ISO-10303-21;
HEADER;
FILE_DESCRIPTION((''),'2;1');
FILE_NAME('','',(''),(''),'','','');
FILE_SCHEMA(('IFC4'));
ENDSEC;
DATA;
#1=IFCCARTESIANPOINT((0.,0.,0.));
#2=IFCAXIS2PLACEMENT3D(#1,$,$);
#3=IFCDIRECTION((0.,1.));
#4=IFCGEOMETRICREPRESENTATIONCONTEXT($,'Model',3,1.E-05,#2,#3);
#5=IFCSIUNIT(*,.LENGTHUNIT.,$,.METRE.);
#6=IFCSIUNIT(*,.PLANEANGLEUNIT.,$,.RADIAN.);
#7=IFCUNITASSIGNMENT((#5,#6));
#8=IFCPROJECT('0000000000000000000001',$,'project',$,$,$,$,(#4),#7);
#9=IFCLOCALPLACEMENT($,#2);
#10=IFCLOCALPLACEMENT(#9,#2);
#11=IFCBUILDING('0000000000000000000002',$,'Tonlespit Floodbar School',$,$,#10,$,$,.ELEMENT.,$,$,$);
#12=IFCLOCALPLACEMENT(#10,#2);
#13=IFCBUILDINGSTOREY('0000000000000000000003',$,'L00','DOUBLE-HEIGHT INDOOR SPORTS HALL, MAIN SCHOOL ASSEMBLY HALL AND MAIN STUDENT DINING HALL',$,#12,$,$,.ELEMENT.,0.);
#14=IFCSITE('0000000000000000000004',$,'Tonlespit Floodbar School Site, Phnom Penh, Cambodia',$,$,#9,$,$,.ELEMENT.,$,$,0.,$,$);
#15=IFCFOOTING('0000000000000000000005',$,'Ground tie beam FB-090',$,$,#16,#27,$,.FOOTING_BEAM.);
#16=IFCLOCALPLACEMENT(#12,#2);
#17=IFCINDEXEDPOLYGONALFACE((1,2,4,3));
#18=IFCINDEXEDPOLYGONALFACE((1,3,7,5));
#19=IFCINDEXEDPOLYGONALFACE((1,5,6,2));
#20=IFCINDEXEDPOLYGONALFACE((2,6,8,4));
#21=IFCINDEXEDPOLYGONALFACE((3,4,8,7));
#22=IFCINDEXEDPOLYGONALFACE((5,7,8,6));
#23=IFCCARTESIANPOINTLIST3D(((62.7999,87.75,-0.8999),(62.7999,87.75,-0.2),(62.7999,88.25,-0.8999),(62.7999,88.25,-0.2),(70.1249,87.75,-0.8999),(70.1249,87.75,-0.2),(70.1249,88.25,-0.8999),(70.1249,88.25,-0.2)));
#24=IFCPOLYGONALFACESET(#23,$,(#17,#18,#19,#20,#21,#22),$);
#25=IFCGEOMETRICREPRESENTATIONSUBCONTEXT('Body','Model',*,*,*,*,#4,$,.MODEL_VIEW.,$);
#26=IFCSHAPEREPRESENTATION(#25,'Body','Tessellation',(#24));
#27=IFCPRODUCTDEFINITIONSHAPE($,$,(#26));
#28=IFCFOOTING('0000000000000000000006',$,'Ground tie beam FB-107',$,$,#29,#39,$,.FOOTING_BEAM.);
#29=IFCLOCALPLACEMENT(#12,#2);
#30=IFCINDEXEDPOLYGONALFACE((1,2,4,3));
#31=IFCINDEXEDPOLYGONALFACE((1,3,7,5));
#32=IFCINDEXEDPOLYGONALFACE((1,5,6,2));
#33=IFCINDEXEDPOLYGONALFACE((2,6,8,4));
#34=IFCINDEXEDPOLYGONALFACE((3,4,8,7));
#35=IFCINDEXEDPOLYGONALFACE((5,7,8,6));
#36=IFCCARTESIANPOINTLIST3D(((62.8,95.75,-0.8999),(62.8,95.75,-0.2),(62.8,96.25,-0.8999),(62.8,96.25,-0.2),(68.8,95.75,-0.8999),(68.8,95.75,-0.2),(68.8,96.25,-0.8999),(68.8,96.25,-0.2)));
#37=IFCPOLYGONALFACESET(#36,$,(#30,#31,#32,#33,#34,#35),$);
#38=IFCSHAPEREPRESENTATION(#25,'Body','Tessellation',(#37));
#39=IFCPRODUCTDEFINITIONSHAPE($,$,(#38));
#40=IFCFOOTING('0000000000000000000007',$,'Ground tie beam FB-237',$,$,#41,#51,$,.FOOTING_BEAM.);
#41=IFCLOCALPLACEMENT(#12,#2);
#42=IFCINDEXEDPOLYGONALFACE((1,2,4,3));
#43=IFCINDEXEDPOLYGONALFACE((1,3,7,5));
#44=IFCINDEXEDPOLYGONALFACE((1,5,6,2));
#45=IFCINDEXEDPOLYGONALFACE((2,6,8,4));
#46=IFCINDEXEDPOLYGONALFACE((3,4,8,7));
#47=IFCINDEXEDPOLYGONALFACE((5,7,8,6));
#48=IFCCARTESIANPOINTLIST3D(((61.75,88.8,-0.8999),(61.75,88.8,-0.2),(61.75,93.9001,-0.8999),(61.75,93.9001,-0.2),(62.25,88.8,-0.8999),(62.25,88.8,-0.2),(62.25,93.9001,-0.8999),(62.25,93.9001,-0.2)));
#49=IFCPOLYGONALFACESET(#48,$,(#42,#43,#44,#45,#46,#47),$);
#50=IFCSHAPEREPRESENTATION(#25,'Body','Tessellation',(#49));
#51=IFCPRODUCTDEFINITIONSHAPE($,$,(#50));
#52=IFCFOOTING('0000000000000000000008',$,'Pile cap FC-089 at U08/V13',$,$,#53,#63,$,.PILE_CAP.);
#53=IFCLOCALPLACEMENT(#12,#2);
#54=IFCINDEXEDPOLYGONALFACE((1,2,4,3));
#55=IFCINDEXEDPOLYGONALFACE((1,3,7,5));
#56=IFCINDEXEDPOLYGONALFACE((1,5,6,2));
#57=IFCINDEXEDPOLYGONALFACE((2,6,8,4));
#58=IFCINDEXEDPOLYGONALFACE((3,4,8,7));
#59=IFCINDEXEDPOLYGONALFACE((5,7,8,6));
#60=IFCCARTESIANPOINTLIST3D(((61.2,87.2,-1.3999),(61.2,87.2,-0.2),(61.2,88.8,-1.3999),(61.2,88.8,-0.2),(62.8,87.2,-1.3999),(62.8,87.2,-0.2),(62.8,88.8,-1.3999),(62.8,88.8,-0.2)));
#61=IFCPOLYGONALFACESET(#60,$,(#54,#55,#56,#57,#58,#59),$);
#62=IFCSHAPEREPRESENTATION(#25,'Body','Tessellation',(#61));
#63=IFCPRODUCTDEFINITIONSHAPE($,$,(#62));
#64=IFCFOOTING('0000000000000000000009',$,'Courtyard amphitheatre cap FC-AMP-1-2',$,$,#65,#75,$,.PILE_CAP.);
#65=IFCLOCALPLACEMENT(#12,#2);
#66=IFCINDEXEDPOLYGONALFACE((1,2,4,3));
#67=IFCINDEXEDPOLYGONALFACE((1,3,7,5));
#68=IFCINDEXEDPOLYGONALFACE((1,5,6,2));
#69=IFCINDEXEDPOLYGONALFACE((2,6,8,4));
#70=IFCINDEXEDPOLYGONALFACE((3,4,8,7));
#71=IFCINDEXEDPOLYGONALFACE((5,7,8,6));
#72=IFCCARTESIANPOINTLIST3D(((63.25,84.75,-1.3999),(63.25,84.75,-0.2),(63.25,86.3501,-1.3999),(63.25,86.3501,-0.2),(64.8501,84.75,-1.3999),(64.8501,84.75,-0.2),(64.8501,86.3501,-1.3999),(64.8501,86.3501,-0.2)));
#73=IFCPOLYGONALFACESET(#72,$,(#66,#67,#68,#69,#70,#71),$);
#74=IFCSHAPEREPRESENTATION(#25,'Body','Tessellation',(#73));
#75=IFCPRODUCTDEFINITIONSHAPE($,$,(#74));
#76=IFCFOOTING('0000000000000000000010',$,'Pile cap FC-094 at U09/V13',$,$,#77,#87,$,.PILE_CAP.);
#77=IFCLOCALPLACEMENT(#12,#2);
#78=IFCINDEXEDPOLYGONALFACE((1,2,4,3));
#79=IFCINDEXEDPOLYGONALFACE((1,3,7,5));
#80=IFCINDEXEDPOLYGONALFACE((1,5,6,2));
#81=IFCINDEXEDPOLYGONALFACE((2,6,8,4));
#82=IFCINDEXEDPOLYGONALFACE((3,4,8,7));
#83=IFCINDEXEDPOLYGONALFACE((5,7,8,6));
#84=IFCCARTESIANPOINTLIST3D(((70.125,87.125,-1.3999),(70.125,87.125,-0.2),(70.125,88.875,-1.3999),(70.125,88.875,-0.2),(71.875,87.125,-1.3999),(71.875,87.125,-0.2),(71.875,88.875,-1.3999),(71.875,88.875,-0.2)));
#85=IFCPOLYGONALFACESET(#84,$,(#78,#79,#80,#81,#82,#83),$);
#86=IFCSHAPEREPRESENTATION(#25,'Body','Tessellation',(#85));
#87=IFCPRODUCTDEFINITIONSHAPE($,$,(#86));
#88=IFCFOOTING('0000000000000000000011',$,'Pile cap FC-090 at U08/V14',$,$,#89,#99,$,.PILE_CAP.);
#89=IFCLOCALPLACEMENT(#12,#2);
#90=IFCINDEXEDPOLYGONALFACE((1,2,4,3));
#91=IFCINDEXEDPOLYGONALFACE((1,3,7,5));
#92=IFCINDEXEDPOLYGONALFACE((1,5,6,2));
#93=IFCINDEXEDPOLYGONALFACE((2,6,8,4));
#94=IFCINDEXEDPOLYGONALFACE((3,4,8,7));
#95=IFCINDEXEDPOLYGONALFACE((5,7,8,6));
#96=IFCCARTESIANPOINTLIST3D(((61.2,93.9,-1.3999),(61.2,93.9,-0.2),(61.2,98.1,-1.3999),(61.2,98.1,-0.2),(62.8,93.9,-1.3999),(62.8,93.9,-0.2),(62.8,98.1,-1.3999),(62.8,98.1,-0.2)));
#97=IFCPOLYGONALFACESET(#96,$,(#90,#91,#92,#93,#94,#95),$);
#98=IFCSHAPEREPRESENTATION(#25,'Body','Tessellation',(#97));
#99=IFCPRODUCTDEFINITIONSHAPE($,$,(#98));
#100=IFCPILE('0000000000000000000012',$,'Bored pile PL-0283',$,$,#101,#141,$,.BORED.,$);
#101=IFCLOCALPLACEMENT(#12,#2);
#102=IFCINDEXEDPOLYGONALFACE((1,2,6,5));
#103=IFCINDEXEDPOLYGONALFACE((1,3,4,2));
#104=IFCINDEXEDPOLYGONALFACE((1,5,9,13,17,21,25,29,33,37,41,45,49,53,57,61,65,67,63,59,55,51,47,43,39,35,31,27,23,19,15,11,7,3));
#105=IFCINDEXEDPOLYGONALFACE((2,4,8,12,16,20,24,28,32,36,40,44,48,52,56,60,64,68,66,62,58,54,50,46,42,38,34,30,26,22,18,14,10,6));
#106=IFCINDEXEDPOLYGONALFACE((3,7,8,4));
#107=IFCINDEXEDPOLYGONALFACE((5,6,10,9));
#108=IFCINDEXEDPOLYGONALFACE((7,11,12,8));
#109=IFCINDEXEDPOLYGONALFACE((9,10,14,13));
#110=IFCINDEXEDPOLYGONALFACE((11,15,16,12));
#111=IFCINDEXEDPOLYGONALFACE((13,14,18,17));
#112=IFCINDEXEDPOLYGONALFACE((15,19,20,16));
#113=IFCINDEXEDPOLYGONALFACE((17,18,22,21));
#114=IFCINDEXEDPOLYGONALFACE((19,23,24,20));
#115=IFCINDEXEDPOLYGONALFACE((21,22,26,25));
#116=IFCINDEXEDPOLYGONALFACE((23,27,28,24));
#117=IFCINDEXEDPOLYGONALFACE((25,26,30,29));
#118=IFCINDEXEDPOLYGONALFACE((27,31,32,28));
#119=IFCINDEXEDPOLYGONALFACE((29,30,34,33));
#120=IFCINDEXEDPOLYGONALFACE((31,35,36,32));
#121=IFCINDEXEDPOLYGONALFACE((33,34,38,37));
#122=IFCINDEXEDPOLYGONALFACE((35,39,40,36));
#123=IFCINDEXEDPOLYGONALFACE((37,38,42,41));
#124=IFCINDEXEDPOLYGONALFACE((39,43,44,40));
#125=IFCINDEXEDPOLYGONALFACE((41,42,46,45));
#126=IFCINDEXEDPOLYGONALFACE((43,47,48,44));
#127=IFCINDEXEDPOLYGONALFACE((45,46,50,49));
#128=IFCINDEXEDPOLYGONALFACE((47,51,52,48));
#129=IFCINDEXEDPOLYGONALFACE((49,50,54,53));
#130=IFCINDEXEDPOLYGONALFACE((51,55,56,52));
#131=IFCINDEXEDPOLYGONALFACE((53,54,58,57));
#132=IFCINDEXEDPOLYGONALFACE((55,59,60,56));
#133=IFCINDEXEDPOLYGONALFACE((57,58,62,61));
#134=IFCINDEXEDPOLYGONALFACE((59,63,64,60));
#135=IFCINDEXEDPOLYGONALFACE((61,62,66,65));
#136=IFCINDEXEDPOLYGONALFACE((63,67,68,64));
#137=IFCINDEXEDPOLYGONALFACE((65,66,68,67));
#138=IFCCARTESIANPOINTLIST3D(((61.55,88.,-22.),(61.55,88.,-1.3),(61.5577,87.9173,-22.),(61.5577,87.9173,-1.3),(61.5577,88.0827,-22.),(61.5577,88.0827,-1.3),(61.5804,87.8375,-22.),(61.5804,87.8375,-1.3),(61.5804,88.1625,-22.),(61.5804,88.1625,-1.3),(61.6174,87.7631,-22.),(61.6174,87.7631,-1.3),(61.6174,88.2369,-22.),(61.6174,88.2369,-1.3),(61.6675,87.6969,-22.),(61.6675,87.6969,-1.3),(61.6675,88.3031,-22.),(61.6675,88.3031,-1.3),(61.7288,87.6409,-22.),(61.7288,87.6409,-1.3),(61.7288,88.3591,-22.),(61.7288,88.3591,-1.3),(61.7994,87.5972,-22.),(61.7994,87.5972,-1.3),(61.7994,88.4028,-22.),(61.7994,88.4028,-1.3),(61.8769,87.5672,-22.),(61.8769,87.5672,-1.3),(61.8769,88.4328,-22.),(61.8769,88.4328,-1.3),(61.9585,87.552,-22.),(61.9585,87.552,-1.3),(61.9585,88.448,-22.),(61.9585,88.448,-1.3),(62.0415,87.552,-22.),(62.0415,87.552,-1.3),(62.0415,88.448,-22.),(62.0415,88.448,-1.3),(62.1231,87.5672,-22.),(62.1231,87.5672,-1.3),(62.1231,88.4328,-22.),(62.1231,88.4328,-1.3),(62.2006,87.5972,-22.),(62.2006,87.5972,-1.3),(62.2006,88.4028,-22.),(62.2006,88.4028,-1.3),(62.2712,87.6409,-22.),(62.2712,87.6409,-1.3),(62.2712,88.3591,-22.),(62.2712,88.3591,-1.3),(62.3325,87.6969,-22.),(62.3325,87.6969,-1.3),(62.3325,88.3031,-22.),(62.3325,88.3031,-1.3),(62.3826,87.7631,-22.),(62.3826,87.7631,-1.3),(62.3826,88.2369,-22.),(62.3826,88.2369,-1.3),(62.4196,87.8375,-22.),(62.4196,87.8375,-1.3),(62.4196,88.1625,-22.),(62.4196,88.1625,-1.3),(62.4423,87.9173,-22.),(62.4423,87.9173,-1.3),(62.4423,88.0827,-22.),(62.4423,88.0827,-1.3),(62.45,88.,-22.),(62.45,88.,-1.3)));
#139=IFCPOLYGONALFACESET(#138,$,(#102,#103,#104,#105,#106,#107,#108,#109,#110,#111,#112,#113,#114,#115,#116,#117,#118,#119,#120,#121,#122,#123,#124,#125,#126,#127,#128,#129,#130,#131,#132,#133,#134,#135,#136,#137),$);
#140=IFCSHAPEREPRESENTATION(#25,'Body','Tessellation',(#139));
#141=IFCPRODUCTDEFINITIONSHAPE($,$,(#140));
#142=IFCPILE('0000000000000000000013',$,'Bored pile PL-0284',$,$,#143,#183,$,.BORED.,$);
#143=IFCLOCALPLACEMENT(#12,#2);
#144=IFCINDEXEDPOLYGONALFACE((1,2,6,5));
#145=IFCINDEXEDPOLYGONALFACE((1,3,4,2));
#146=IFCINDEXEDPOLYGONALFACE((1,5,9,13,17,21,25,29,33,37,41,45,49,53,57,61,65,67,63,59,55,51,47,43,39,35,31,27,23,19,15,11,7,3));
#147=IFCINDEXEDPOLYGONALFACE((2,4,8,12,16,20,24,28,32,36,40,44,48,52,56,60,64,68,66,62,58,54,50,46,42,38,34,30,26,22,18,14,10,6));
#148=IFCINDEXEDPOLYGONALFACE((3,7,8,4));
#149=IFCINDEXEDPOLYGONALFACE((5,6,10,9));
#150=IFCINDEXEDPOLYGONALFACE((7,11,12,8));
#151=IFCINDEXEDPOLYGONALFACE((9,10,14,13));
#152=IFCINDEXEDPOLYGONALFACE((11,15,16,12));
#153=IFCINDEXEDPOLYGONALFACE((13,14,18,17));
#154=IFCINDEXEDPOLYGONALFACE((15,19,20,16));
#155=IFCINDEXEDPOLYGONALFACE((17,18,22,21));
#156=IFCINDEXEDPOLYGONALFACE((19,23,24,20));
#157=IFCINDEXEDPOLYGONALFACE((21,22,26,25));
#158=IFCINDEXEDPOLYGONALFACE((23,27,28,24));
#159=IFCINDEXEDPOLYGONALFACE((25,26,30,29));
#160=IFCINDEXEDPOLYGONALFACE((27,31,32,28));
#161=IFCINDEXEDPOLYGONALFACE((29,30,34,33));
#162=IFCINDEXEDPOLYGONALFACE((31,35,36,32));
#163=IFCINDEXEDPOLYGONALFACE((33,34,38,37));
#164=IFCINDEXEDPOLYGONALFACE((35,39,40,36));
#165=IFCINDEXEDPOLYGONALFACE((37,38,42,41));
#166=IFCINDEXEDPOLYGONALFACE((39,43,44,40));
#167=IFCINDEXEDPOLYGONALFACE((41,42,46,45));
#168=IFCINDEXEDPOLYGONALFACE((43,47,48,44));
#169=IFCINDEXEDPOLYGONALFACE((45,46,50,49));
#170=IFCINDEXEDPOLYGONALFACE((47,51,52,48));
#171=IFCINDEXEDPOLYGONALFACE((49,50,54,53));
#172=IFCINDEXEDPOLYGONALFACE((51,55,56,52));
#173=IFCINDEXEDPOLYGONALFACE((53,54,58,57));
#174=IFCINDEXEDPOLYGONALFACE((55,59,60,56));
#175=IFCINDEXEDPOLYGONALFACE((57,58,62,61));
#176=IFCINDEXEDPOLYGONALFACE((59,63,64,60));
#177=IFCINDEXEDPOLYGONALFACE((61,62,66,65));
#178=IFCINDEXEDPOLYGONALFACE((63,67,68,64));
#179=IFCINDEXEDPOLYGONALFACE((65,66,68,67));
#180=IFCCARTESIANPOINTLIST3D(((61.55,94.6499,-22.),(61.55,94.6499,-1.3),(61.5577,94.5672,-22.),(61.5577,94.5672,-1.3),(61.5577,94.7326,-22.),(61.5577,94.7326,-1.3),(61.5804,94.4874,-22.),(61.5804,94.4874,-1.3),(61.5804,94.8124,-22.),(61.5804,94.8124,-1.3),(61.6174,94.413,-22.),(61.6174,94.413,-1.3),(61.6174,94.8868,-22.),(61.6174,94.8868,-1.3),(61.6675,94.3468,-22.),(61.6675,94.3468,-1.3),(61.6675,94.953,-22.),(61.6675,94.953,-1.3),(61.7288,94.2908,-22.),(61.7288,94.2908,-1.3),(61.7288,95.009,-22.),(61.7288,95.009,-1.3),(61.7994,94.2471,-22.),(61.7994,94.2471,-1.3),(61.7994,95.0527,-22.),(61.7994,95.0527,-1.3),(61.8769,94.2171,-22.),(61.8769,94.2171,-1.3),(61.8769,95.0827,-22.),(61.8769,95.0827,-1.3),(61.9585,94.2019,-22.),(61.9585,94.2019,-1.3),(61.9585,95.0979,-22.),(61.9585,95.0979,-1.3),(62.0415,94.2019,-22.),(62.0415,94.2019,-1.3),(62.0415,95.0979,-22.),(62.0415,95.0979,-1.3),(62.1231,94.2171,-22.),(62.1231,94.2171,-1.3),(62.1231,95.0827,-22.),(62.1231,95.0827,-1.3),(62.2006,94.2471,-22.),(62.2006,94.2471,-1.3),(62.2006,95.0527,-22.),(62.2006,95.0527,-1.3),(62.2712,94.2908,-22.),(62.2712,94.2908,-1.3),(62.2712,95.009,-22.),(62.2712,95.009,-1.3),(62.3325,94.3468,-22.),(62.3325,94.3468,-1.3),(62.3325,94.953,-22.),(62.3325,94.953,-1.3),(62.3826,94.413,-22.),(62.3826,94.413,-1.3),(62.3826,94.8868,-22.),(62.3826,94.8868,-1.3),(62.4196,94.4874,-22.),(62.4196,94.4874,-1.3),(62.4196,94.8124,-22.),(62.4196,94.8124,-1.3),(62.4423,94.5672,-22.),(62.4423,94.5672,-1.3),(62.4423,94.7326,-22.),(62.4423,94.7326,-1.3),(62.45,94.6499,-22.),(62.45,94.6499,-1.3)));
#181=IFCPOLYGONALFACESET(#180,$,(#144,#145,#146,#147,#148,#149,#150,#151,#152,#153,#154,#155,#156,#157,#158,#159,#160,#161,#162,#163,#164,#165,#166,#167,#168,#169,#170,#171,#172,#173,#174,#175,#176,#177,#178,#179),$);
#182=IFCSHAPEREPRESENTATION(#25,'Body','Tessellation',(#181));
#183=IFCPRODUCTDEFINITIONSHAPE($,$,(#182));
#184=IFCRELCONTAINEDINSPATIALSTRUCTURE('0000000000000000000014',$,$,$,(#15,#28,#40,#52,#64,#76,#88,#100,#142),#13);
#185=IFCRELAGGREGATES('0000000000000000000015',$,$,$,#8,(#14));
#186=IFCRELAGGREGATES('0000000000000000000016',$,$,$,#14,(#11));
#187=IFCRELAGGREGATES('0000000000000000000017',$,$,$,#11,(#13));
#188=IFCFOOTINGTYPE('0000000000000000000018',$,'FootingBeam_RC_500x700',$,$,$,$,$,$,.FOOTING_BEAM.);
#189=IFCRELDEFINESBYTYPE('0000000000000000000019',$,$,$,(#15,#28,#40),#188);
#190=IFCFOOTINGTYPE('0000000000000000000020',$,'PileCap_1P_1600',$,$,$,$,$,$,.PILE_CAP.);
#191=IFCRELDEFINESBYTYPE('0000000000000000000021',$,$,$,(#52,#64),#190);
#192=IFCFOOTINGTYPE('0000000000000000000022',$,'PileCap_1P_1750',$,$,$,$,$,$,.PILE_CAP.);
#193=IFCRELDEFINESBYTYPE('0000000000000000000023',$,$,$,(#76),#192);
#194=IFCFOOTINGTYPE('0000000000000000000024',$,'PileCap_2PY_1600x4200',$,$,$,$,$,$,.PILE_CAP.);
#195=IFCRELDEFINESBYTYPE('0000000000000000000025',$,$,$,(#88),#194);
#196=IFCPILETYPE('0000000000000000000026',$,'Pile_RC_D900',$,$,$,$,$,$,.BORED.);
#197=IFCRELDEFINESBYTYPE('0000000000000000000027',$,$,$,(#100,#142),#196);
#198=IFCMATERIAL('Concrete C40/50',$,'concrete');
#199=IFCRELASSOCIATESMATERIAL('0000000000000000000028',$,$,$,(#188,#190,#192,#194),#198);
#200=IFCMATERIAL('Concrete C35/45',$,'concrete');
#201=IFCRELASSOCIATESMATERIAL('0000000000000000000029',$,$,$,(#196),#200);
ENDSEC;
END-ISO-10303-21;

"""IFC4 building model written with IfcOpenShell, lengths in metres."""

from ifc_helpers import new_model, si_unit, direction, frame, origin, origin_2d, place, context, subcontext, project, spatial, rectangle, circle, extrude, material, material_profile, profile_set, type_object, element, save


model = new_model("IFC4")

# Units and contexts
model_context = context("Model", 3, precision=1e-05, world=origin(), true_north=direction((0.0, 1.0)))
body_context = subcontext(model_context, "Body", "Model", "MODEL_VIEW")
ifc_project = project(units=[si_unit("LENGTHUNIT", "METRE"), si_unit("PLANEANGLEUNIT", "RADIAN")], contexts=[model_context])

# Site, building, storey
site_placement = place(None, origin())
site = spatial("IfcSite", under=ifc_project, at=site_placement, Name="Tonlespit Floodbar School Site, Phnom Penh, Cambodia", CompositionType="ELEMENT", RefElevation=0.0)
building_placement = place(site_placement, origin())
building = spatial("IfcBuilding", under=site, at=building_placement, Name="Tonlespit Floodbar School", CompositionType="ELEMENT")
storey_placement = place(building_placement, origin())
storey = spatial("IfcBuildingStorey", under=building, at=storey_placement, Name="L00", Description="DOUBLE-HEIGHT INDOOR SPORTS HALL, MAIN SCHOOL ASSEMBLY HALL AND MAIN STUDENT DINING HALL", CompositionType="ELEMENT", Elevation=0.0)

# Footings
ifc_material_1 = material(Name="Concrete C40/50", Category="concrete")
footing_type_1 = type_object("IfcFootingType", Name="FootingBeam_RC_500x700", PredefinedType="FOOTING_BEAM", material=ifc_material_1)
footing_1_placement = place(storey_placement, frame((66.4624, 88.0, -0.8999), z_axis=(0.0, 0.0, 1.0), x_axis=(1.0, 0.0, 0.0)))
element("IfcFooting", 1, at=footing_1_placement, inside=storey, type_object=footing_type_1, Name="Ground tie beam FB-090", PredefinedType="FOOTING_BEAM", context=body_context, shape_type="SweptSolid", body=[
    extrude(rectangle(XDim=7.325, YDim=0.5, at=origin_2d()), origin(), (0.0, 0.0, 1.0), 0.7),
])
footing_2_placement = place(storey_placement, frame((65.8, 96.0, -0.8999), z_axis=(0.0, 0.0, 1.0), x_axis=(1.0, 0.0, 0.0)))
element("IfcFooting", 2, at=footing_2_placement, inside=storey, type_object=footing_type_1, Name="Ground tie beam FB-107", PredefinedType="FOOTING_BEAM", context=body_context, shape_type="SweptSolid", body=[
    extrude(rectangle(XDim=6.0, YDim=0.5, at=origin_2d()), origin(), (0.0, 0.0, 1.0), 0.7),
])
footing_3_placement = place(storey_placement, frame((62.0, 91.3501, -0.8999), z_axis=(0.0, 0.0, 1.0), x_axis=(0.0, 1.0, 0.0)))
element("IfcFooting", 3, at=footing_3_placement, inside=storey, type_object=footing_type_1, Name="Ground tie beam FB-237", PredefinedType="FOOTING_BEAM", context=body_context, shape_type="SweptSolid", body=[
    extrude(rectangle(XDim=5.1001, YDim=0.5, at=origin_2d()), origin(), (0.0, 0.0, 1.0), 0.7),
])
footing_type_2 = type_object("IfcFootingType", Name="PileCap_1P_1600", PredefinedType="PILE_CAP", material=ifc_material_1)
for number, where, z_axis, x_axis, name in (
    (4, (62.0, 88.0, -1.3999), (0.0, 0.0, 1.0), (1.0, 0.0, 0.0), "Pile cap FC-089 at U08/V13"),
    (5, (64.05, 85.55, -1.3999), (0.0, 0.0, 1.0), (1.0, 0.0, 0.0), "Courtyard amphitheatre cap FC-AMP-1-2"),
):
    element("IfcFooting", number, at=place(storey_placement, frame(where, z_axis=z_axis, x_axis=x_axis)), inside=storey, type_object=footing_type_2, Name=name, PredefinedType="PILE_CAP", context=body_context, shape_type="SweptSolid", body=[
        extrude(rectangle(XDim=1.6001, YDim=1.6001, at=origin_2d()), origin(), (0.0, 0.0, 1.0), 1.2),
    ])
footing_type_3 = type_object("IfcFootingType", Name="PileCap_1P_1750", PredefinedType="PILE_CAP", material=ifc_material_1)
footing_4_placement = place(storey_placement, frame((71.0, 88.0, -1.3999), z_axis=(0.0, 0.0, 1.0), x_axis=(1.0, 0.0, 0.0)))
element("IfcFooting", 6, at=footing_4_placement, inside=storey, type_object=footing_type_3, Name="Pile cap FC-094 at U09/V13", PredefinedType="PILE_CAP", context=body_context, shape_type="SweptSolid", body=[
    extrude(rectangle(XDim=1.75, YDim=1.75, at=origin_2d()), origin(), (0.0, 0.0, 1.0), 1.2),
])
footing_type_4 = type_object("IfcFootingType", Name="PileCap_2PY_1600x4200", PredefinedType="PILE_CAP", material=ifc_material_1)
footing_5_placement = place(storey_placement, frame((62.0, 96.0, -1.3999), z_axis=(0.0, 0.0, 1.0), x_axis=(1.0, 0.0, 0.0)))
element("IfcFooting", 7, at=footing_5_placement, inside=storey, type_object=footing_type_4, Name="Pile cap FC-090 at U08/V14", PredefinedType="PILE_CAP", context=body_context, shape_type="SweptSolid", body=[
    extrude(rectangle(XDim=1.6001, YDim=4.2, at=origin_2d()), origin(), (0.0, 0.0, 1.0), 1.2),
])

# Piles
ifc_material_2 = material(Name="Concrete C35/45", Category="concrete")
ifc_material_profile_1 = material_profile(ifc_material_2, circle(Radius=0.45, at=origin_2d()), Name="BP D900")
ifc_profile_set_1 = profile_set([ifc_material_profile_1], Name="Concrete C35/45")
pile_type = type_object("IfcPileType", Name="Pile_RC_D900", PredefinedType="BORED", material=ifc_profile_set_1)
for number, where, z_axis, x_axis, name in (
    (8, (62.0, 88.0, -1.3), (0.0, 0.0, -1.0), (1.0, 0.0, 0.0), "Bored pile PL-0283"),
    (9, (62.0, 94.6499, -1.3), (0.0, 0.0, -1.0), (1.0, 0.0, 0.0), "Bored pile PL-0284"),
):
    element("IfcPile", number, at=place(storey_placement, frame(where, z_axis=z_axis, x_axis=x_axis)), inside=storey, type_object=pile_type, Name=name, PredefinedType="BORED", context=body_context, shape_type="SweptSolid", body=[
        extrude(circle(Radius=0.45, at=origin_2d()), origin(), (0.0, 0.0, 1.0), 20.7),
    ])

save(model, "model.ifc")
